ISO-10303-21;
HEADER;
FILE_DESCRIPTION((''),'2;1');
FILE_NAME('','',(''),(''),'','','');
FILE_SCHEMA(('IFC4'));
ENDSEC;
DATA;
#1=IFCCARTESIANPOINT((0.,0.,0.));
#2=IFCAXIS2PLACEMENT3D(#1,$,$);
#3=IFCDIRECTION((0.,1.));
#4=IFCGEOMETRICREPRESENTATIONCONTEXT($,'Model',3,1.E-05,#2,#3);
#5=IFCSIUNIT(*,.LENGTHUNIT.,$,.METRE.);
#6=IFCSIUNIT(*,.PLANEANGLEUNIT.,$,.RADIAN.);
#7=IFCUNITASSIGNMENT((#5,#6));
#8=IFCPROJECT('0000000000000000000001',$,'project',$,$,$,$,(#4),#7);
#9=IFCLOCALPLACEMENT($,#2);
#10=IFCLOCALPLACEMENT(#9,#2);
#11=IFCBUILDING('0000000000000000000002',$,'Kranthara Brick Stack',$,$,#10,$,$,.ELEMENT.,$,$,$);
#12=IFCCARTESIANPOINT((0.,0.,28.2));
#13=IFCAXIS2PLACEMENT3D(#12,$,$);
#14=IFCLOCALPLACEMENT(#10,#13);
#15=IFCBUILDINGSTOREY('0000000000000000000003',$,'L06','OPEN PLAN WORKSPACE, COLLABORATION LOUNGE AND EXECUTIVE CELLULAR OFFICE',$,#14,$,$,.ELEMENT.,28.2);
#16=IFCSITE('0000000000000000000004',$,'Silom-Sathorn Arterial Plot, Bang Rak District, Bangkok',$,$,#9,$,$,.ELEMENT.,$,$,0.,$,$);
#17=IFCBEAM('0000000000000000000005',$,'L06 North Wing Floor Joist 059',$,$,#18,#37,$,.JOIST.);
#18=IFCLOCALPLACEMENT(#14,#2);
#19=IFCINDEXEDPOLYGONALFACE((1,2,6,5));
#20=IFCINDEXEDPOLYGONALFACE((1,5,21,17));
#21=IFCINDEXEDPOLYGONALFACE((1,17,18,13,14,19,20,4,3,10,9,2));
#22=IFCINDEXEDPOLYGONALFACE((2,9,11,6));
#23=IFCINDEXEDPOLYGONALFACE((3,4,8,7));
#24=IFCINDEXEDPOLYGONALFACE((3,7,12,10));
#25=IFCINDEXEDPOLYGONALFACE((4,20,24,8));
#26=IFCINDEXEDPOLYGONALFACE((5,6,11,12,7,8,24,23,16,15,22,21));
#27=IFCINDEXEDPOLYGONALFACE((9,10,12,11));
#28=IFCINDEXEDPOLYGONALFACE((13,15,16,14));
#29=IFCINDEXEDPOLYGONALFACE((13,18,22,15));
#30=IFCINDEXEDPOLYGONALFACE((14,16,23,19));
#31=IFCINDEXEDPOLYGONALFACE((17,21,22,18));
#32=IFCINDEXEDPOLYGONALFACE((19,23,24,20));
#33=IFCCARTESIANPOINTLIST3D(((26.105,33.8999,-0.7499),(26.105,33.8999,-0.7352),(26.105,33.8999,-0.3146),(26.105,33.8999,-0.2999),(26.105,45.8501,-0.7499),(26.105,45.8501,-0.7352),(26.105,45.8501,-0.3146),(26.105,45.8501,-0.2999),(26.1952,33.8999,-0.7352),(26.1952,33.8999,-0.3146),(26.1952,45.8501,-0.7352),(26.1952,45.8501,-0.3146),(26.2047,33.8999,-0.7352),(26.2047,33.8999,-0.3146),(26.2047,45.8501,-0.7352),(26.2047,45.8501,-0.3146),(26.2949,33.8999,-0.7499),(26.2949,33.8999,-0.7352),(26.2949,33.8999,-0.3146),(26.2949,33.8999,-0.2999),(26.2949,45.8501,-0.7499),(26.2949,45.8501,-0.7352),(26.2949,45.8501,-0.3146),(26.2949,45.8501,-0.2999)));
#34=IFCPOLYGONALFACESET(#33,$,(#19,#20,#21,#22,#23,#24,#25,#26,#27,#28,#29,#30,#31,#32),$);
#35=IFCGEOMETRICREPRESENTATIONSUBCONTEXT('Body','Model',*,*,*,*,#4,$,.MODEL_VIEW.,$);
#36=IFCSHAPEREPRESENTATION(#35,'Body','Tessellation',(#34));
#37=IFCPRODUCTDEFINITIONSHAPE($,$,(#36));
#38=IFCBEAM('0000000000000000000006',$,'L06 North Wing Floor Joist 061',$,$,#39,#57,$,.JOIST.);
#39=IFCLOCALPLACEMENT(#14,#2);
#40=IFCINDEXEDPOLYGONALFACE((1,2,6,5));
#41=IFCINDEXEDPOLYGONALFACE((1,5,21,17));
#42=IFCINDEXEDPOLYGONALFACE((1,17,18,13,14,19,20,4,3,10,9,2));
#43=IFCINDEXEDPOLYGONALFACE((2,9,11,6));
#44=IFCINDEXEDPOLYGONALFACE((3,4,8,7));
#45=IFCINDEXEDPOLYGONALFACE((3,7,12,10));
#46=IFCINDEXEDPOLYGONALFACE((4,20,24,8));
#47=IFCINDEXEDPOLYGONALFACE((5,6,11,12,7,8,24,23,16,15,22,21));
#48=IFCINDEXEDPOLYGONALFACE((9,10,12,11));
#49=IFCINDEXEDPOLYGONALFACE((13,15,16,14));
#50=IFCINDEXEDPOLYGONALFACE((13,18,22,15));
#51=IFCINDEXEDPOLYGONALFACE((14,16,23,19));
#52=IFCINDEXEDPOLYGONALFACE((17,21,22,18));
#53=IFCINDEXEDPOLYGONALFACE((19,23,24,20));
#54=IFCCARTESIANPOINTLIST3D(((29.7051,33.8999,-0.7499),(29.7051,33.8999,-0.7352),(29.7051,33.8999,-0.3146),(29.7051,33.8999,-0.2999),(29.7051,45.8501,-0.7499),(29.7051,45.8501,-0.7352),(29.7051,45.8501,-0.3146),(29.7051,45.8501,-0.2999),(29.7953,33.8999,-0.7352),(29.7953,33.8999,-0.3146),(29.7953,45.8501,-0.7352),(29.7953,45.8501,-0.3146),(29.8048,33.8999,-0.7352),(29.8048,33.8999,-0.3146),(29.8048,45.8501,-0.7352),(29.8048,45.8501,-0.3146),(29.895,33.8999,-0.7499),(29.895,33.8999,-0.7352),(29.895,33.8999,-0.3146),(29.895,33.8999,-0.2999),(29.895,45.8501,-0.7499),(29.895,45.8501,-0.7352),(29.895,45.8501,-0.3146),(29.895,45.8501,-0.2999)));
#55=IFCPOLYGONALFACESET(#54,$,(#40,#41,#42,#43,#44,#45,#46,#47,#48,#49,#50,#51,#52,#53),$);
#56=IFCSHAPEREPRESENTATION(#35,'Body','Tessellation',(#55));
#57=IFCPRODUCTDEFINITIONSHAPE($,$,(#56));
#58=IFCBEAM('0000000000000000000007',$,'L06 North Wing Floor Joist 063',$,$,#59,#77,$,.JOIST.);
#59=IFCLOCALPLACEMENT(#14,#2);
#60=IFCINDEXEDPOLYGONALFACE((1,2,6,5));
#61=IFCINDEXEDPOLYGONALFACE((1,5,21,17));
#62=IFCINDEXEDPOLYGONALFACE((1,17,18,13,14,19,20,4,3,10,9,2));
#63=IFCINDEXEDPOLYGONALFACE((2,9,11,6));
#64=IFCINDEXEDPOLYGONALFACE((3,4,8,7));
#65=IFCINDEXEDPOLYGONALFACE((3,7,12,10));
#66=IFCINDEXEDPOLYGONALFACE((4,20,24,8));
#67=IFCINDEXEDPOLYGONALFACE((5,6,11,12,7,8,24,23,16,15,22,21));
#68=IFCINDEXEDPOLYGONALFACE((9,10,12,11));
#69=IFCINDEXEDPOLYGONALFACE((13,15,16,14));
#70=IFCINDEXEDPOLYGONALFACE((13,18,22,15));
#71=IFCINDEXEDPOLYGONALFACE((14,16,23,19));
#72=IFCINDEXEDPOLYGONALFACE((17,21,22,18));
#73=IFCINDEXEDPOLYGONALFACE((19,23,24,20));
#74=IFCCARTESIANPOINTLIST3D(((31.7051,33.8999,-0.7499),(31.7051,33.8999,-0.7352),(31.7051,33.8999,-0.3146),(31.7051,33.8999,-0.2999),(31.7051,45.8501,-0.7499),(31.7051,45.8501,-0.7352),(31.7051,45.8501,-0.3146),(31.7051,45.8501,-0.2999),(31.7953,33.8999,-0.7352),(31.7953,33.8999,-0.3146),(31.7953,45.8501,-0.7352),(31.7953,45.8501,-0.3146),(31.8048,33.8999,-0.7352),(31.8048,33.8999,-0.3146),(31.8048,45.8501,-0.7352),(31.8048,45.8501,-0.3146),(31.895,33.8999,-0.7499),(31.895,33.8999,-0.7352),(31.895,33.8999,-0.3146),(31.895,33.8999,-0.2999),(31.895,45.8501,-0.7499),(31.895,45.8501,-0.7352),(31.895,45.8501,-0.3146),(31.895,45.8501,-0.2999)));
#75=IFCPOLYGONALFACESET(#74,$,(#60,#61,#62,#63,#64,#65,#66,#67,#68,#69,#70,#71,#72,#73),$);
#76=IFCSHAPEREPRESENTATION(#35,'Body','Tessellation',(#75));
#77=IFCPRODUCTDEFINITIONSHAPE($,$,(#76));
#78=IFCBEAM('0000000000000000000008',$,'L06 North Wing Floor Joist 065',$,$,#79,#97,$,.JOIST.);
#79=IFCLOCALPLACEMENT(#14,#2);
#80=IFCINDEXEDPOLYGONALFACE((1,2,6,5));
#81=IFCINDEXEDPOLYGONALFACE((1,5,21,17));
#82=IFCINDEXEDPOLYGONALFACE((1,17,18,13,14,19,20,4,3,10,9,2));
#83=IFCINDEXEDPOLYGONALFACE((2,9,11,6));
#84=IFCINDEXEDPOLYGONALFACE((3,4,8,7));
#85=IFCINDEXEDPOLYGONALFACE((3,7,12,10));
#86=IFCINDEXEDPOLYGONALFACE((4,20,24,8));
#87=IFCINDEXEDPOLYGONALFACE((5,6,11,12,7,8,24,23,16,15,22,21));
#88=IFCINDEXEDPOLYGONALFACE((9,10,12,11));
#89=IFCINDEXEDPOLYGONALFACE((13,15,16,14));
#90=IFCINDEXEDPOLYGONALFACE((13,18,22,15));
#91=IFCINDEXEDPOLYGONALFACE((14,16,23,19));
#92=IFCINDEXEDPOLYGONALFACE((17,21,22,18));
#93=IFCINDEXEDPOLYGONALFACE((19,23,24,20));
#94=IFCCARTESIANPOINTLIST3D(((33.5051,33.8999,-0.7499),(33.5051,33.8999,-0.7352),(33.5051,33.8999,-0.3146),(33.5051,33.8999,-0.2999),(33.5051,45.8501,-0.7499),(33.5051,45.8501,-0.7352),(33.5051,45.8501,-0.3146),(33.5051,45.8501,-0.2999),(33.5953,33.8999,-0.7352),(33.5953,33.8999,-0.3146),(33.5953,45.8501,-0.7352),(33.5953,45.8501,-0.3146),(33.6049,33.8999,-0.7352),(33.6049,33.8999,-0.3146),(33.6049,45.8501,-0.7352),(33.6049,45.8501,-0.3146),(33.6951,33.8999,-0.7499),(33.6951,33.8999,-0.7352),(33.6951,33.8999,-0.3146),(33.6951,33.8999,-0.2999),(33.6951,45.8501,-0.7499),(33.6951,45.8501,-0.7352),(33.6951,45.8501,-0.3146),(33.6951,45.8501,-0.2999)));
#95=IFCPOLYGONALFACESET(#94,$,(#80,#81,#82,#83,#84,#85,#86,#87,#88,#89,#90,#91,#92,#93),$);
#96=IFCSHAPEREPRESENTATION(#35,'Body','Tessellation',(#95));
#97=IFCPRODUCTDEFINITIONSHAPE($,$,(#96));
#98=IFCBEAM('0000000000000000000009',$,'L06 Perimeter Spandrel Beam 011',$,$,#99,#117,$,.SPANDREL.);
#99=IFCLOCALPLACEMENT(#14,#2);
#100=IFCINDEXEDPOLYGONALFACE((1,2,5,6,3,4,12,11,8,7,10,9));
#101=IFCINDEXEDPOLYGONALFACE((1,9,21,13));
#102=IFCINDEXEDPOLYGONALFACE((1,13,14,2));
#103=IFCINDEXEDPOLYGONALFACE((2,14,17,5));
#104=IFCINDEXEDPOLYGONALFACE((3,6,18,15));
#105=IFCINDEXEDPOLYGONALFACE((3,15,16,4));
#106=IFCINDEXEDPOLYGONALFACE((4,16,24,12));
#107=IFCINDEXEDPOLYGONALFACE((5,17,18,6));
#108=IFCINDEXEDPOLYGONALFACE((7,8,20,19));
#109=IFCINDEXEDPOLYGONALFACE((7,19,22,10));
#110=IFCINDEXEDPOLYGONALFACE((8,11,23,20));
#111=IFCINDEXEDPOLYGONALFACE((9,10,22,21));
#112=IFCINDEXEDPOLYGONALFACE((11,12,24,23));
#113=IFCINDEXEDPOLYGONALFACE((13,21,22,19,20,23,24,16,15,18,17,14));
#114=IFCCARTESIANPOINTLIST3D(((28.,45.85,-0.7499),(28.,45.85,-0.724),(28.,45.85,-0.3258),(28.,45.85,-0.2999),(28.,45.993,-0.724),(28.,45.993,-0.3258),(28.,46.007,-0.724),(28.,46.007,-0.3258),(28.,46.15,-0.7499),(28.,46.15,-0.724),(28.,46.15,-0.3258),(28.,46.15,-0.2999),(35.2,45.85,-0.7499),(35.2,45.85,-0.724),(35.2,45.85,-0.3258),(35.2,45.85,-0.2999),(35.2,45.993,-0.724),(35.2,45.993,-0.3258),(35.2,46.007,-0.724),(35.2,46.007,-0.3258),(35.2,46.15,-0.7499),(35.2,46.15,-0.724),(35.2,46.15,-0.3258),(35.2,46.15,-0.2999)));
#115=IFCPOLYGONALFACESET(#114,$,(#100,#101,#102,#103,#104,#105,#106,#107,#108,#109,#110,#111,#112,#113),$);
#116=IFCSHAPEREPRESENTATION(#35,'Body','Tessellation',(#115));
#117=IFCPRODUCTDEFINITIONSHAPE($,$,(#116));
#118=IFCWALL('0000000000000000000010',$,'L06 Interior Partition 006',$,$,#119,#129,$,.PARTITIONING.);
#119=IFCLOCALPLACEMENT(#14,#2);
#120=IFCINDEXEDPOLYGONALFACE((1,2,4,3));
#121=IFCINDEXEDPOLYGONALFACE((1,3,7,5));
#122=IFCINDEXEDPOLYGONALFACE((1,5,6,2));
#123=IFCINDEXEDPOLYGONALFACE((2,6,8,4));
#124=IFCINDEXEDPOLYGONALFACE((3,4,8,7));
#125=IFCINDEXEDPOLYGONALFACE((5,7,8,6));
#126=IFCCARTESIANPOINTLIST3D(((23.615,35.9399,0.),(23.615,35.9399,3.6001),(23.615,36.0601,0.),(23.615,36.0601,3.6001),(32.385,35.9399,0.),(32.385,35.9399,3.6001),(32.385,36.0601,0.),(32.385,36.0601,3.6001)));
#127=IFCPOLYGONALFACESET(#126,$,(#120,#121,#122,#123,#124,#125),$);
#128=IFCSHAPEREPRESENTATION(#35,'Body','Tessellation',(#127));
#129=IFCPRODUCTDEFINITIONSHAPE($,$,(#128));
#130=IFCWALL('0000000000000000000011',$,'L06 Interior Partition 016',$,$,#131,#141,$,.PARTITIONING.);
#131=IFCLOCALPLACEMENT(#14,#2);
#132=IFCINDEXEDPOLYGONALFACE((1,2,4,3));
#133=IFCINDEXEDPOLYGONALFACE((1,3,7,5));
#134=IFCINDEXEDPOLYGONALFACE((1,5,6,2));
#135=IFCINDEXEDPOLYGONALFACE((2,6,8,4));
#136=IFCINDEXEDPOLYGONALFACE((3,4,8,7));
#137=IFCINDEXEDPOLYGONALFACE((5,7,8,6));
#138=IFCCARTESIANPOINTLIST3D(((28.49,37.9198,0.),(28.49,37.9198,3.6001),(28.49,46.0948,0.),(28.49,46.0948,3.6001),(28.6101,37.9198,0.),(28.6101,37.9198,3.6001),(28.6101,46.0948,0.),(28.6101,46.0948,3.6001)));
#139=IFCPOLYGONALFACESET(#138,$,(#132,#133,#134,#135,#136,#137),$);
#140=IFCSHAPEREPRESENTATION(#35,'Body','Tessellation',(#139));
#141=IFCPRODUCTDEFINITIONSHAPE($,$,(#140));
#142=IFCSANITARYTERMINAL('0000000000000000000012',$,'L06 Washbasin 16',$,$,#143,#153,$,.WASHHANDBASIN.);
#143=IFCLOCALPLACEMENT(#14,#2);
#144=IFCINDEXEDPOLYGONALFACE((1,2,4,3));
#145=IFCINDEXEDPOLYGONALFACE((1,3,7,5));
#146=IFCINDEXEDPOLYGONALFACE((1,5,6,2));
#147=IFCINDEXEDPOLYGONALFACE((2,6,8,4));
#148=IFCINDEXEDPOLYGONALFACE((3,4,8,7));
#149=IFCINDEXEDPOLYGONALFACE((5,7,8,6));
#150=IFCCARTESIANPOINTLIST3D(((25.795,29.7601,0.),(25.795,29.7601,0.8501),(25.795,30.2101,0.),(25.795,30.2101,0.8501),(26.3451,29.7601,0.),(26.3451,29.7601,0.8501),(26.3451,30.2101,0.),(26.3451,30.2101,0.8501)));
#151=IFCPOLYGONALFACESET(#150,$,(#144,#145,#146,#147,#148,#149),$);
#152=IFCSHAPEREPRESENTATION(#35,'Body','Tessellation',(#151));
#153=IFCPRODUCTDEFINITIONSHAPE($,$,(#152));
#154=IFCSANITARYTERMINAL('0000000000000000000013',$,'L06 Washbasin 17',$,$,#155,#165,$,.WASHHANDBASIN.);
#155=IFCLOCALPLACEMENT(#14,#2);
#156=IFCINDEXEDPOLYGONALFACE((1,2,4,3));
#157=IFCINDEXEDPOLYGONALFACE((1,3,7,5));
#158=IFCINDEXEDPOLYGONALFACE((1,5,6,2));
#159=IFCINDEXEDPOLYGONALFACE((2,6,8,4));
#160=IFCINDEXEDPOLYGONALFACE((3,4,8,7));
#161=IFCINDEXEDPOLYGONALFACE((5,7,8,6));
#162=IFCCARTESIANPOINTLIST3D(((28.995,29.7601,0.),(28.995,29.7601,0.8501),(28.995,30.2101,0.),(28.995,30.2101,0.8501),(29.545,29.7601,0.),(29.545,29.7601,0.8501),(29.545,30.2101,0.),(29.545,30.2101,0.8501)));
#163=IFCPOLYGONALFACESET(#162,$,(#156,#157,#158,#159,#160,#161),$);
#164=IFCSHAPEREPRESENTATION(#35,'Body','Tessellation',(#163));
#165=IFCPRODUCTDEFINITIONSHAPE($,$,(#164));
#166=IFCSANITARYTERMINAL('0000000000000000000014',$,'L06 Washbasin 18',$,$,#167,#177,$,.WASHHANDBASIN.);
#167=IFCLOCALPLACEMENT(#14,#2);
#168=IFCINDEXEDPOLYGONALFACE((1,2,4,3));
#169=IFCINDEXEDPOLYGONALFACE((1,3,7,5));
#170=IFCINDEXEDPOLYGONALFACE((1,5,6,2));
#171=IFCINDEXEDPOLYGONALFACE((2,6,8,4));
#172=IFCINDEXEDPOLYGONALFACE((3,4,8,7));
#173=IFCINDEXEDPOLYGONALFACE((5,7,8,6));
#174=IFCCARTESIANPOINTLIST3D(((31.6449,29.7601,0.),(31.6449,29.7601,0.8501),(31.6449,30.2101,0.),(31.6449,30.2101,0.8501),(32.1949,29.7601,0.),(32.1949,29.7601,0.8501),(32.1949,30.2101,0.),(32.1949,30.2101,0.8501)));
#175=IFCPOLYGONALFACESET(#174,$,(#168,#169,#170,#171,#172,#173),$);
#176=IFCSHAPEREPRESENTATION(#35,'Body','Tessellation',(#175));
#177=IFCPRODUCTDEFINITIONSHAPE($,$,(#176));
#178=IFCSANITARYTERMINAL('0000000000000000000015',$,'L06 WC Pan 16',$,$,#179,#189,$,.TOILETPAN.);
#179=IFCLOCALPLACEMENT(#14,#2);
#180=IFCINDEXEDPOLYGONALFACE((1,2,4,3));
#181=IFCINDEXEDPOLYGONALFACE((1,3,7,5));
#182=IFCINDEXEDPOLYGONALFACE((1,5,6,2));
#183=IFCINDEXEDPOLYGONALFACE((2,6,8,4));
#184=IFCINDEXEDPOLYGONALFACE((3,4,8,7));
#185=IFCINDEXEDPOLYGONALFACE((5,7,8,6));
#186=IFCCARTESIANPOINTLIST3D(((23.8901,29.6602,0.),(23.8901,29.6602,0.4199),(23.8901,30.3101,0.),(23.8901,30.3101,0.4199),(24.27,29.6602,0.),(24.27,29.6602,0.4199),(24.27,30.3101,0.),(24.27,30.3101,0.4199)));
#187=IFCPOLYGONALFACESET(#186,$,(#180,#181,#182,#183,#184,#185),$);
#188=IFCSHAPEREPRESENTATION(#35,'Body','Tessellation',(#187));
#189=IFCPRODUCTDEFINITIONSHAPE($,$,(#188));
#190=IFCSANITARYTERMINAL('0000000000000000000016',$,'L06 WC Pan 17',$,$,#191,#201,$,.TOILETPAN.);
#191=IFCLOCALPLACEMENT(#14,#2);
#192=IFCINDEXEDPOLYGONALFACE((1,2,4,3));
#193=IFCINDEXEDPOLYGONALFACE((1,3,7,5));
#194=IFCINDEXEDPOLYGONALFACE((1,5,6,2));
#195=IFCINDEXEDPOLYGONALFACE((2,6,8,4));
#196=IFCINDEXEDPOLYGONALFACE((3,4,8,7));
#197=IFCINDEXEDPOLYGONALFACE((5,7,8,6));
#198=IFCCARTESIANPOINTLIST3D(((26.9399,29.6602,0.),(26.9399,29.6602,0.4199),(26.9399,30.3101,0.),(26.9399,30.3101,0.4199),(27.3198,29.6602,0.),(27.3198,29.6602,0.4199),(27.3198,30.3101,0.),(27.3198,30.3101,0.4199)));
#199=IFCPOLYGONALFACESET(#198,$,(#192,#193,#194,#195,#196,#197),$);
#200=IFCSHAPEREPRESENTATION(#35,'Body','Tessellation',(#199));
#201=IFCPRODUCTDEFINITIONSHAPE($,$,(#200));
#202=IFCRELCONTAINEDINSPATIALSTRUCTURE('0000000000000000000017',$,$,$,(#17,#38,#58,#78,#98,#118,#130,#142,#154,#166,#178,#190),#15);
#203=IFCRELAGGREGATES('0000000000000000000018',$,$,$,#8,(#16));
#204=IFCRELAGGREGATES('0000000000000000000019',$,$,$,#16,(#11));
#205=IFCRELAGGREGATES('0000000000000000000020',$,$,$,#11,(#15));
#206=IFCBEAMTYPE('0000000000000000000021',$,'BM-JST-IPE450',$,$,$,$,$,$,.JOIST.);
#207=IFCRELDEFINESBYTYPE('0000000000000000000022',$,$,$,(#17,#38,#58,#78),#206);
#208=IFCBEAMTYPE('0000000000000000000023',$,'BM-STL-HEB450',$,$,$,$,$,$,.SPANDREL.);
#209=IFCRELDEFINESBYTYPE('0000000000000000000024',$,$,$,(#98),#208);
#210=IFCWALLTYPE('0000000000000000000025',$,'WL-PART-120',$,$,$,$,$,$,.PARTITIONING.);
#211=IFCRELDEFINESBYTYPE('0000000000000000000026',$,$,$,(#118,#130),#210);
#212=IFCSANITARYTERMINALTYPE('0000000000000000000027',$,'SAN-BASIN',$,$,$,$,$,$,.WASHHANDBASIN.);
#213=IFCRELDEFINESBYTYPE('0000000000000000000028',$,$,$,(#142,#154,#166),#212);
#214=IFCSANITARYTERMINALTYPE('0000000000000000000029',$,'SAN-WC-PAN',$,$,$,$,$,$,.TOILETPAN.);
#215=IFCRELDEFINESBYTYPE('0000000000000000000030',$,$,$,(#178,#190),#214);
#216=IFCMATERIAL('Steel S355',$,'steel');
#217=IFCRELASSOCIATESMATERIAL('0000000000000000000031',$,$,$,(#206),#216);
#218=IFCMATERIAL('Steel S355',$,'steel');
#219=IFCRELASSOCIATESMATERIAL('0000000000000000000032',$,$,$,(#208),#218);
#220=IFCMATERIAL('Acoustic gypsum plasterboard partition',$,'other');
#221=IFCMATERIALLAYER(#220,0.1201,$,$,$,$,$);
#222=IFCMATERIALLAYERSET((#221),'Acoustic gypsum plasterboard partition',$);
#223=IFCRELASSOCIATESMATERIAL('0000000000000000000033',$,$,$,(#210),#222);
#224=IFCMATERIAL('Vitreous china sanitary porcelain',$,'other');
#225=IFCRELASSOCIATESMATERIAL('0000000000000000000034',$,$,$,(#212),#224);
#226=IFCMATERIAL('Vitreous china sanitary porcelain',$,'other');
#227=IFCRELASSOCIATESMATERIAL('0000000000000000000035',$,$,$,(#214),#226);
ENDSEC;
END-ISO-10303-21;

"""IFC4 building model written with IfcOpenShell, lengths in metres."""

from ifc_helpers import new_model, si_unit, direction, frame, frame_2d, origin, origin_2d, place, context, subcontext, project, spatial, rectangle, i_section, extrude, material, layer, layer_set, material_profile, profile_set, type_object, element, save


model = new_model("IFC4")

# Units and contexts
model_context = context("Model", 3, precision=1e-05, world=origin(), true_north=direction((0.0, 1.0)))
body_context = subcontext(model_context, "Body", "Model", "MODEL_VIEW")
ifc_project = project(units=[si_unit("LENGTHUNIT", "METRE"), si_unit("PLANEANGLEUNIT", "RADIAN")], contexts=[model_context])

# Site, building, storey
site_placement = place(None, origin())
site = spatial("IfcSite", under=ifc_project, at=site_placement, Name="Silom-Sathorn Arterial Plot, Bang Rak District, Bangkok", CompositionType="ELEMENT", RefElevation=0.0)
building_placement = place(site_placement, origin())
building = spatial("IfcBuilding", under=site, at=building_placement, Name="Kranthara Brick Stack", CompositionType="ELEMENT")
storey_placement = place(building_placement, frame((0.0, 0.0, 28.2)))
storey = spatial("IfcBuildingStorey", under=building, at=storey_placement, Name="L06", Description="OPEN PLAN WORKSPACE, COLLABORATION LOUNGE AND EXECUTIVE CELLULAR OFFICE", CompositionType="ELEMENT", Elevation=28.2)

# Beams
ifc_material_1 = material(Name="Steel S355", Category="steel")
ifc_material_profile_1 = material_profile(ifc_material_1, i_section(OverallWidth=0.1899, OverallDepth=0.45, WebThickness=0.0095, FlangeThickness=0.0146, at=origin_2d()), Name="IPE 450")
ifc_profile_set_1 = profile_set([ifc_material_profile_1], Name="Steel S355")
beam_type_1 = type_object("IfcBeamType", Name="BM-JST-IPE450", PredefinedType="JOIST", material=ifc_profile_set_1)
for number, where, z_axis, x_axis, name in (
    (1, (26.2, 33.8999, -0.5249), (0.0, 1.0, 0.0), (-1.0, 0.0, 0.0), "L06 North Wing Floor Joist 059"),
    (2, (29.8, 33.8999, -0.5249), (0.0, 1.0, 0.0), (-1.0, 0.0, 0.0), "L06 North Wing Floor Joist 061"),
    (3, (31.8, 33.8999, -0.5249), (0.0, 1.0, 0.0), (-1.0, 0.0, 0.0), "L06 North Wing Floor Joist 063"),
    (4, (33.6001, 33.8999, -0.5249), (0.0, 1.0, 0.0), (-1.0, 0.0, 0.0), "L06 North Wing Floor Joist 065"),
):
    element("IfcBeam", number, at=place(storey_placement, frame(where, z_axis=z_axis, x_axis=x_axis)), inside=storey, type_object=beam_type_1, Name=name, PredefinedType="JOIST", context=body_context, shape_type="SweptSolid", body=[
        extrude(i_section(OverallWidth=0.1899, OverallDepth=0.45, WebThickness=0.0095, FlangeThickness=0.0146, at=origin_2d()), origin(), (0.0, 0.0, 1.0), 11.9502),
    ])
ifc_material_2 = material(Name="Steel S355", Category="steel")
ifc_material_profile_2 = material_profile(ifc_material_2, i_section(OverallWidth=0.3, OverallDepth=0.45, WebThickness=0.0139, FlangeThickness=0.0259, at=origin_2d()), Name="HEB 450")
ifc_profile_set_2 = profile_set([ifc_material_profile_2], Name="Steel S355")
beam_type_2 = type_object("IfcBeamType", Name="BM-STL-HEB450", PredefinedType="SPANDREL", material=ifc_profile_set_2)
beam_1_placement = place(storey_placement, frame((28.0, 46.0, -0.5249), z_axis=(1.0, 0.0, 0.0), x_axis=(0.0, 1.0, 0.0)))
element("IfcBeam", 5, at=beam_1_placement, inside=storey, type_object=beam_type_2, Name="L06 Perimeter Spandrel Beam 011", PredefinedType="SPANDREL", context=body_context, shape_type="SweptSolid", body=[
    extrude(i_section(OverallWidth=0.3, OverallDepth=0.45, WebThickness=0.0139, FlangeThickness=0.0259, at=origin_2d()), origin(), (0.0, 0.0, 1.0), 7.2),
])

# Walls
ifc_material_3 = material(Name="Acoustic gypsum plasterboard partition", Category="other")
ifc_layer = layer(ifc_material_3, 0.1201)
ifc_layer_set = layer_set([ifc_layer], Name="Acoustic gypsum plasterboard partition")
wall_type = type_object("IfcWallType", Name="WL-PART-120", PredefinedType="PARTITIONING", material=ifc_layer_set)
wall_1_placement = place(storey_placement, frame((23.615, 36.0, 0.0), z_axis=(0.0, 0.0, 1.0), x_axis=(1.0, 0.0, 0.0)))
element("IfcWall", 6, at=wall_1_placement, inside=storey, type_object=wall_type, Name="L06 Interior Partition 006", PredefinedType="PARTITIONING", context=body_context, shape_type="SweptSolid", body=[
    extrude(rectangle(XDim=8.77, YDim=0.1201, at=frame_2d((4.385, 0.0))), origin(), (0.0, 0.0, 1.0), 3.6001),
])
wall_2_placement = place(storey_placement, frame((28.55, 37.9199, 0.0), z_axis=(0.0, 0.0, 1.0), x_axis=(0.0, 1.0, 0.0)))
element("IfcWall", 7, at=wall_2_placement, inside=storey, type_object=wall_type, Name="L06 Interior Partition 016", PredefinedType="PARTITIONING", context=body_context, shape_type="SweptSolid", body=[
    extrude(rectangle(XDim=8.175, YDim=0.1201, at=frame_2d((4.0874, 0.0))), origin(), (0.0, 0.0, 1.0), 3.6001),
])

# Sanitary terminals
ifc_material_4 = material(Name="Vitreous china sanitary porcelain", Category="other")
sanitary_terminal_type_1 = type_object("IfcSanitaryTerminalType", Name="SAN-BASIN", PredefinedType="WASHHANDBASIN", material=ifc_material_4)
for number, where, z_axis, x_axis, name in (
    (8, (26.0701, 29.9851, 0.0), (0.0, 0.0, 1.0), (1.0, 0.0, 0.0), "L06 Washbasin 16"),
    (9, (29.27, 29.9851, 0.0), (0.0, 0.0, 1.0), (1.0, 0.0, 0.0), "L06 Washbasin 17"),
    (10, (31.9199, 29.9851, 0.0), (0.0, 0.0, 1.0), (1.0, 0.0, 0.0), "L06 Washbasin 18"),
):
    element("IfcSanitaryTerminal", number, at=place(storey_placement, frame(where, z_axis=z_axis, x_axis=x_axis)), inside=storey, type_object=sanitary_terminal_type_1, Name=name, PredefinedType="WASHHANDBASIN", context=body_context, shape_type="SweptSolid", body=[
        extrude(rectangle(XDim=0.55, YDim=0.45, at=origin_2d()), origin(), (0.0, 0.0, 1.0), 0.8501),
    ])
ifc_material_5 = material(Name="Vitreous china sanitary porcelain", Category="other")
sanitary_terminal_type_2 = type_object("IfcSanitaryTerminalType", Name="SAN-WC-PAN", PredefinedType="TOILETPAN", material=ifc_material_5)
for number, where, z_axis, x_axis, name in (
    (11, (24.0801, 29.9851, 0.0), (0.0, 0.0, 1.0), (1.0, 0.0, 0.0), "L06 WC Pan 16"),
    (12, (27.1299, 29.9851, 0.0), (0.0, 0.0, 1.0), (1.0, 0.0, 0.0), "L06 WC Pan 17"),
):
    element("IfcSanitaryTerminal", number, at=place(storey_placement, frame(where, z_axis=z_axis, x_axis=x_axis)), inside=storey, type_object=sanitary_terminal_type_2, Name=name, PredefinedType="TOILETPAN", context=body_context, shape_type="SweptSolid", body=[
        extrude(rectangle(XDim=0.3799, YDim=0.6499, at=origin_2d()), origin(), (0.0, 0.0, 1.0), 0.4199),
    ])

save(model, "model.ifc")
